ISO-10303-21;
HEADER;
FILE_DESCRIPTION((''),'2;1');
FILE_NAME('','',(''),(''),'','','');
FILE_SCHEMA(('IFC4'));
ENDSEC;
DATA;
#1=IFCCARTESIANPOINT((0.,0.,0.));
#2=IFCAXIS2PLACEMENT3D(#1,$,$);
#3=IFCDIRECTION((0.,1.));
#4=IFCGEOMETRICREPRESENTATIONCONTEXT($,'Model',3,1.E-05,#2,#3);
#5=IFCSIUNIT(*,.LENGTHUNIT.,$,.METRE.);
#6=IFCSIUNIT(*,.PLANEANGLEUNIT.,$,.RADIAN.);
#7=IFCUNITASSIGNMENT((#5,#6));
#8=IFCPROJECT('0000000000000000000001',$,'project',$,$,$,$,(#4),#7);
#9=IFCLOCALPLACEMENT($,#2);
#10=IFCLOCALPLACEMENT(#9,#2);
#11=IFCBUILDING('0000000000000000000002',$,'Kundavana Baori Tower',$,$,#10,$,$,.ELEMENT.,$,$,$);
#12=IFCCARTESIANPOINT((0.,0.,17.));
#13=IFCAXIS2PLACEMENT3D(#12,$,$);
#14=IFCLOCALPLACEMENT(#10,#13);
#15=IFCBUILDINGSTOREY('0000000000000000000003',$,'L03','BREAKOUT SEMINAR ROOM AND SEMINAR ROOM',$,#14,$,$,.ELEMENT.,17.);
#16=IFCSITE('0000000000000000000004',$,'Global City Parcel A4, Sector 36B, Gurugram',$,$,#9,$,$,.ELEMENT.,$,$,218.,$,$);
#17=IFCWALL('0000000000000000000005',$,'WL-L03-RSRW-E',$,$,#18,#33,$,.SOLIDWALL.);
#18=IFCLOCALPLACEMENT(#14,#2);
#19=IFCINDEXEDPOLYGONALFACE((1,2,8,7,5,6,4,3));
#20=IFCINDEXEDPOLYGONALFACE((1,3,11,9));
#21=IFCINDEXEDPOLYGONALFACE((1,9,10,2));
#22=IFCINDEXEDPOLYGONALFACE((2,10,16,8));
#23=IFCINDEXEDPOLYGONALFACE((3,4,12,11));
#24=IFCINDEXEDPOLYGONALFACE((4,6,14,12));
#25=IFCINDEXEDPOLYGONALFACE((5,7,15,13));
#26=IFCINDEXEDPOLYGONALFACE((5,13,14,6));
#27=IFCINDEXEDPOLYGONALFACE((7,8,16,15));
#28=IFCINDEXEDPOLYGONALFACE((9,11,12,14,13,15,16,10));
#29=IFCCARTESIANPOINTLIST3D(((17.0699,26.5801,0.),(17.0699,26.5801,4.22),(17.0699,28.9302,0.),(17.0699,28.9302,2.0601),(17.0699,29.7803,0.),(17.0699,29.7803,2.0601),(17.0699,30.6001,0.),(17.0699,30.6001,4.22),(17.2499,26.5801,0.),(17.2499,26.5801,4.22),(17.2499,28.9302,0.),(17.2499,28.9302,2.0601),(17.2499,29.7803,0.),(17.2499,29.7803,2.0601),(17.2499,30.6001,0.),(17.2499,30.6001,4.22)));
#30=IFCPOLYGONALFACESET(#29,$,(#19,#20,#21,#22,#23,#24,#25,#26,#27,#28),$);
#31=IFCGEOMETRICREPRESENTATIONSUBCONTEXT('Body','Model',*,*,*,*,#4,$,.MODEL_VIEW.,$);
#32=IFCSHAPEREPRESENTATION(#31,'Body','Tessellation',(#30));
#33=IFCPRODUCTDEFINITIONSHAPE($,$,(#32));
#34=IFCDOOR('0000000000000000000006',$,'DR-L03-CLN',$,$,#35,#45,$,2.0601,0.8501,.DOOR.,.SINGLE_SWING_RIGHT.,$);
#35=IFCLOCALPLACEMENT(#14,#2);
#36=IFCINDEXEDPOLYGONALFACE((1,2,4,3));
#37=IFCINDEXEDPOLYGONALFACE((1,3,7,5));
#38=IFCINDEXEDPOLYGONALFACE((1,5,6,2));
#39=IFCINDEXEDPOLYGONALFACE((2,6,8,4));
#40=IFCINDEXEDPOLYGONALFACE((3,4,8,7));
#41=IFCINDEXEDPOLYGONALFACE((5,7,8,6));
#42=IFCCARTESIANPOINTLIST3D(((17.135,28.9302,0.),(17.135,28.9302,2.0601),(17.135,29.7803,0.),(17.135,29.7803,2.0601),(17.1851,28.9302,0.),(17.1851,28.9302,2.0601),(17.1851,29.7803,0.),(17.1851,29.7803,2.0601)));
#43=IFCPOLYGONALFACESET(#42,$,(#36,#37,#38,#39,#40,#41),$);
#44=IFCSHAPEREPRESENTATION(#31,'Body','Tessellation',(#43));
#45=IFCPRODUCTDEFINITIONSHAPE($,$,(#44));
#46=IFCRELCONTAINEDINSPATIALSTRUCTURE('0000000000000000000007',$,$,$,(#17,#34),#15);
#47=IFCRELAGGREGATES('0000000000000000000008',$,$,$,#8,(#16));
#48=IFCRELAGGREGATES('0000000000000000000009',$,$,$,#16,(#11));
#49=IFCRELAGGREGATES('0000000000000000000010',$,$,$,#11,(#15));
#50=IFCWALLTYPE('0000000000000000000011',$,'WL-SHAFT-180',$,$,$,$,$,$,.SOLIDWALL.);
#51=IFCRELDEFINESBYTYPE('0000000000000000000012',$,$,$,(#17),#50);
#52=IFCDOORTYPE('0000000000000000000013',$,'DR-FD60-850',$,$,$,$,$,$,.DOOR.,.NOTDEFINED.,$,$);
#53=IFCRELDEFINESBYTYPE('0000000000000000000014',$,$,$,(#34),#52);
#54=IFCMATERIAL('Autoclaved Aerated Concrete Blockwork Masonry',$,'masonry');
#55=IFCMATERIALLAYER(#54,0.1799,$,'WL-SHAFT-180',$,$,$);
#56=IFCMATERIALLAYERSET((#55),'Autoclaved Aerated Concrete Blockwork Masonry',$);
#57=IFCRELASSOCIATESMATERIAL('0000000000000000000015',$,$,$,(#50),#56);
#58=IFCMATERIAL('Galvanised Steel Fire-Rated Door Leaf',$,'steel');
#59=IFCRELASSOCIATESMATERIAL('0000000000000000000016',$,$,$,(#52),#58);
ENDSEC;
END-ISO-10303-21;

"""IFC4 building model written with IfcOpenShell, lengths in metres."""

from ifc_helpers import new_model, si_unit, direction, frame, frame_2d, origin, place, context, subcontext, project, spatial, rectangle, extrude, material, layer, layer_set, type_object, element, fill, save


model = new_model("IFC4")

# Units and contexts
model_context = context("Model", 3, precision=1e-05, world=origin(), true_north=direction((0.0, 1.0)))
body_context = subcontext(model_context, "Body", "Model", "MODEL_VIEW")
ifc_project = project(units=[si_unit("LENGTHUNIT", "METRE"), si_unit("PLANEANGLEUNIT", "RADIAN")], contexts=[model_context])

# Site, building, storey
site_placement = place(None, origin())
site = spatial("IfcSite", under=ifc_project, at=site_placement, Name="Global City Parcel A4, Sector 36B, Gurugram", CompositionType="ELEMENT", RefElevation=218.0)
building_placement = place(site_placement, origin())
building = spatial("IfcBuilding", under=site, at=building_placement, Name="Kundavana Baori Tower", CompositionType="ELEMENT")
storey_placement = place(building_placement, frame((0.0, 0.0, 17.0)))
storey = spatial("IfcBuildingStorey", under=building, at=storey_placement, Name="L03", Description="BREAKOUT SEMINAR ROOM AND SEMINAR ROOM", CompositionType="ELEMENT", Elevation=17.0)

# Shared definitions
ifc_material_1 = material(Name="Autoclaved Aerated Concrete Blockwork Masonry", Category="masonry")
ifc_layer_1 = layer(ifc_material_1, 0.1799, Name="WL-SHAFT-180")
ifc_layer_set_1 = layer_set([ifc_layer_1], Name="Autoclaved Aerated Concrete Blockwork Masonry")
wall_type_1 = type_object("IfcWallType", Name="WL-SHAFT-180", PredefinedType="SOLIDWALL", material=ifc_layer_set_1)

# Wall, opening, door
wall_1_placement = place(storey_placement, frame((17.1599, 26.5801, 0.0), z_axis=(0.0, 0.0, 1.0), x_axis=(0.0, 1.0, 0.0)))
wall_1 = element("IfcWall", 1, at=wall_1_placement, inside=storey, type_object=wall_type_1, Name="WL-L03-RSRW-E", PredefinedType="SOLIDWALL", context=body_context, shape_type="SweptSolid", body=[
    extrude(rectangle(XDim=4.02, YDim=0.1799, at=frame_2d((2.01, 0.0))), origin(), (0.0, 0.0, 1.0), 4.22),
])
opening_1_placement = place(wall_1_placement, frame((2.3501, 0.0, 0.0)))
opening_1 = element("IfcOpeningElement", 2, at=opening_1_placement, cuts=wall_1, PredefinedType="OPENING", context=body_context, shape_type="SweptSolid", body=[
    extrude(rectangle(XDim=0.8501, YDim=2.0601, at=frame_2d((0.425, 1.03))), frame((0.0, 0.1001, 0.0), z_axis=(0.0, -1.0, 0.0), x_axis=(1.0, 0.0, 0.0)), (0.0, 0.0, 1.0), 0.2),
])
ifc_material_2 = material(Name="Galvanised Steel Fire-Rated Door Leaf", Category="steel")
door_type_1 = type_object("IfcDoorType", Name="DR-FD60-850", OperationType="NOTDEFINED", PredefinedType="DOOR", material=ifc_material_2)
door_1_placement = place(opening_1_placement, origin())
door_1 = element("IfcDoor", 3, at=door_1_placement, inside=storey, type_object=door_type_1, Name="DR-L03-CLN", OperationType="SINGLE_SWING_RIGHT", OverallHeight=2.0601, OverallWidth=0.8501, PredefinedType="DOOR", context=body_context, shape_type="SweptSolid", body=[
    extrude(rectangle(XDim=0.8501, YDim=2.0601, at=frame_2d((0.425, 1.03))), frame((0.0, 0.0249, 0.0), z_axis=(0.0, -1.0, 0.0), x_axis=(1.0, 0.0, 0.0)), (0.0, 0.0, 1.0), 0.05),
])
fill(opening_1, door_1)

save(model, "model.ifc")
